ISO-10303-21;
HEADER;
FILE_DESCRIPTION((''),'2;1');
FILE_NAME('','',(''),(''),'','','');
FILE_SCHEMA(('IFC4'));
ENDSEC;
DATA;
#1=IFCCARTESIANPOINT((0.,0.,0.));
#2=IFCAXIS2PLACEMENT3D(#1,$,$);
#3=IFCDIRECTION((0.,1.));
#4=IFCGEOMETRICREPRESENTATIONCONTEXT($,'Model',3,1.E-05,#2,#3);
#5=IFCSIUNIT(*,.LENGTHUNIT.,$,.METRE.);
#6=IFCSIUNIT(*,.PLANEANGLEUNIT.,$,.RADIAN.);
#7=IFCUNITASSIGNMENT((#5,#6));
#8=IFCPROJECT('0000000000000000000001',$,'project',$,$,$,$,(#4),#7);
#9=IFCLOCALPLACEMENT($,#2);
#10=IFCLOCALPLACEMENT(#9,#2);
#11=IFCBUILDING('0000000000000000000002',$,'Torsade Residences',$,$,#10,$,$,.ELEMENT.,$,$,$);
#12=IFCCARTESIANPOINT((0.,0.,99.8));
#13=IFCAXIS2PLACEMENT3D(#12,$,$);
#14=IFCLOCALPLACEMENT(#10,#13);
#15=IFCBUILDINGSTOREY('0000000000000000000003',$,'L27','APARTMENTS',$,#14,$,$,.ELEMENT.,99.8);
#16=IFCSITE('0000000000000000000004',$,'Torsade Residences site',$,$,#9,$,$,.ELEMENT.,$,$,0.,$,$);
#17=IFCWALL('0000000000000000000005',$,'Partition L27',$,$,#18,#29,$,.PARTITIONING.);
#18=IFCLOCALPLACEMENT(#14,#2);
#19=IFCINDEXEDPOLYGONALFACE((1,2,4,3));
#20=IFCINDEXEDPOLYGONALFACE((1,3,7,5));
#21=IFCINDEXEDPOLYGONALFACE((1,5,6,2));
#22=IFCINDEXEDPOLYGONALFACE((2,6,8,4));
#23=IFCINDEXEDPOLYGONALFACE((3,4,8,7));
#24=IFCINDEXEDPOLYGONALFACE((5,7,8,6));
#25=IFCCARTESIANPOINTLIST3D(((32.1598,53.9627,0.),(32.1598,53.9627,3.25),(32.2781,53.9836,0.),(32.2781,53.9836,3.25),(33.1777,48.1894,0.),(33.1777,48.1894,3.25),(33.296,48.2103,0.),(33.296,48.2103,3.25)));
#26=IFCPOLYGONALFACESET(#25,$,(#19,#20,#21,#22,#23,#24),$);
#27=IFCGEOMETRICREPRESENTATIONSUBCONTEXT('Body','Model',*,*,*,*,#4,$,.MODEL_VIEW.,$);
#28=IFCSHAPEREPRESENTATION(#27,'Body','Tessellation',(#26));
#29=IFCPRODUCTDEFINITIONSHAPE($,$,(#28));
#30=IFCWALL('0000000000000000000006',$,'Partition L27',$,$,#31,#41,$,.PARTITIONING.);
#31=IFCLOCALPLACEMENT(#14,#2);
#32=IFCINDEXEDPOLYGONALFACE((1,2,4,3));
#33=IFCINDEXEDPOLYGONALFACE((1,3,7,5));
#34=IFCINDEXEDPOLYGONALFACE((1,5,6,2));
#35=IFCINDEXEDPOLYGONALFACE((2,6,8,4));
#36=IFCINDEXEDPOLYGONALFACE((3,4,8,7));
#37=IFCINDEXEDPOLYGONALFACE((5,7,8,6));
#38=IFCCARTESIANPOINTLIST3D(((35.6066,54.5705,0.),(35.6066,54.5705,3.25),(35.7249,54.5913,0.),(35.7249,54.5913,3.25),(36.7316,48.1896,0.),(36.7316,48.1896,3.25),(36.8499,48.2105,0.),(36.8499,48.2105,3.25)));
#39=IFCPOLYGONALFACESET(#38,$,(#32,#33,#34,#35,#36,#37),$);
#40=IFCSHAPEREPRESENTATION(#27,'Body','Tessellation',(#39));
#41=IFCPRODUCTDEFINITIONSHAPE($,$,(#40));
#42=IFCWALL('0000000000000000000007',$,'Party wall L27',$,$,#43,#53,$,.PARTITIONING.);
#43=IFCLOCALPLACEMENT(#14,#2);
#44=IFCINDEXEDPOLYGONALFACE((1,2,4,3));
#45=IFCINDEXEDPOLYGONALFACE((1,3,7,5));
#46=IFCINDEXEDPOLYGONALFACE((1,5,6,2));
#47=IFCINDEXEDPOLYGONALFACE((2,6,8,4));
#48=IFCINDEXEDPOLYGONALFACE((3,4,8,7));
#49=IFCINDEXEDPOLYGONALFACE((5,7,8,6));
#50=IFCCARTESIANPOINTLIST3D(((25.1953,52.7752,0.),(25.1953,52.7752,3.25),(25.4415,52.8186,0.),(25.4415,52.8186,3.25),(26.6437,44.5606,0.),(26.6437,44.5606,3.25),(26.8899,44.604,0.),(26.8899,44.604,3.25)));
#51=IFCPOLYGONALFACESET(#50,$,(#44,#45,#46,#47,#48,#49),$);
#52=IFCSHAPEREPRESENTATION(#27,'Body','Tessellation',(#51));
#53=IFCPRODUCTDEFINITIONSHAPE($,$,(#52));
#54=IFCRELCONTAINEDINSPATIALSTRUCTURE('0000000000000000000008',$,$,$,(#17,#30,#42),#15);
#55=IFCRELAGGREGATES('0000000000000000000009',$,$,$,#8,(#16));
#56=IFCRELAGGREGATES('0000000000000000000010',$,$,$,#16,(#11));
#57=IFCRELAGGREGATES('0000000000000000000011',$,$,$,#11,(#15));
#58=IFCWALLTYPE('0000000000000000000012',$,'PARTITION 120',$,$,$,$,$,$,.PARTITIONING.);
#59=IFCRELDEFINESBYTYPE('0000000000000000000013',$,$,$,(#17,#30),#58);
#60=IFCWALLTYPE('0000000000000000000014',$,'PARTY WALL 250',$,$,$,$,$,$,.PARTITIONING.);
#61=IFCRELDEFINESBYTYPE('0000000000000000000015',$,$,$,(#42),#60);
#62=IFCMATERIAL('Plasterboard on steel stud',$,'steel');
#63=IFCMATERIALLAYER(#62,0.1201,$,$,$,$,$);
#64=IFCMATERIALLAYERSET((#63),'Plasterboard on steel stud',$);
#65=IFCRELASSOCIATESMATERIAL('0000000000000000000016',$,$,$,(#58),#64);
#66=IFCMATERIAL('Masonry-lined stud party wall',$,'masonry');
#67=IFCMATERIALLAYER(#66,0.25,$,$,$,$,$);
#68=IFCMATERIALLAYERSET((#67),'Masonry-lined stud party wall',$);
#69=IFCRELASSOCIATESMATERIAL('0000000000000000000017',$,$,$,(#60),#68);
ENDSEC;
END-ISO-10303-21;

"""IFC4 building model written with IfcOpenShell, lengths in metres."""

from ifc_helpers import new_model, si_unit, direction, frame, frame_2d, origin, place, context, subcontext, project, spatial, rectangle, extrude, material, layer, layer_set, type_object, element, save


model = new_model("IFC4")

# Units and contexts
model_context = context("Model", 3, precision=1e-05, world=origin(), true_north=direction((0.0, 1.0)))
body_context = subcontext(model_context, "Body", "Model", "MODEL_VIEW")
ifc_project = project(units=[si_unit("LENGTHUNIT", "METRE"), si_unit("PLANEANGLEUNIT", "RADIAN")], contexts=[model_context])

# Site, building, storey
site_placement = place(None, origin())
site = spatial("IfcSite", under=ifc_project, at=site_placement, Name="Torsade Residences site", CompositionType="ELEMENT", RefElevation=0.0)
building_placement = place(site_placement, origin())
building = spatial("IfcBuilding", under=site, at=building_placement, Name="Torsade Residences", CompositionType="ELEMENT")
storey_placement = place(building_placement, frame((0.0, 0.0, 99.8)))
storey = spatial("IfcBuildingStorey", under=building, at=storey_placement, Name="L27", Description="APARTMENTS", CompositionType="ELEMENT", Elevation=99.8)

# Shared definitions
ifc_material_1 = material(Name="Plasterboard on steel stud", Category="steel")
ifc_layer_1 = layer(ifc_material_1, 0.1201)
ifc_layer_set_1 = layer_set([ifc_layer_1], Name="Plasterboard on steel stud")
wall_type_1 = type_object("IfcWallType", Name="PARTITION 120", PredefinedType="PARTITIONING", material=ifc_layer_set_1)

# Walls
wall_1_placement = place(storey_placement, frame((32.219, 53.9731, 0.0), z_axis=(0.0, 0.0, 1.0), x_axis=(0.173624, -0.984812, 0.0)))
element("IfcWall", 1, at=wall_1_placement, inside=storey, type_object=wall_type_1, Name="Partition L27", PredefinedType="PARTITIONING", context=body_context, shape_type="SweptSolid", body=[
    extrude(rectangle(XDim=5.8623, YDim=0.1201, at=frame_2d((2.9312, 0.0))), origin(), (0.0, 0.0, 1.0), 3.25),
])
wall_2_placement = place(storey_placement, frame((36.7908, 48.2, 0.0), z_axis=(0.0, 0.0, 1.0), x_axis=(-0.173631, 0.984811, 0.0)))
element("IfcWall", 2, at=wall_2_placement, inside=storey, type_object=wall_type_1, Name="Partition L27", PredefinedType="PARTITIONING", context=body_context, shape_type="SweptSolid", body=[
    extrude(rectangle(XDim=6.4792, YDim=0.1201, at=frame_2d((3.2397, 0.0))), origin(), (0.0, 0.0, 1.0), 3.25),
])
ifc_material_2 = material(Name="Masonry-lined stud party wall", Category="masonry")
ifc_layer_2 = layer(ifc_material_2, 0.25)
ifc_layer_set_2 = layer_set([ifc_layer_2], Name="Masonry-lined stud party wall")
wall_type_2 = type_object("IfcWallType", Name="PARTY WALL 250", PredefinedType="PARTITIONING", material=ifc_layer_set_2)
wall_3_placement = place(storey_placement, frame((25.3184, 52.7969, 0.0), z_axis=(0.0, 0.0, 1.0), x_axis=(0.173652, -0.984807, 0.0)))
element("IfcWall", 3, at=wall_3_placement, inside=storey, type_object=wall_type_2, Name="Party wall L27", PredefinedType="PARTITIONING", context=body_context, shape_type="SweptSolid", body=[
    extrude(rectangle(XDim=8.3413, YDim=0.25, at=frame_2d((4.1707, 0.0))), origin(), (0.0, 0.0, 1.0), 3.25),
])

save(model, "model.ifc")
